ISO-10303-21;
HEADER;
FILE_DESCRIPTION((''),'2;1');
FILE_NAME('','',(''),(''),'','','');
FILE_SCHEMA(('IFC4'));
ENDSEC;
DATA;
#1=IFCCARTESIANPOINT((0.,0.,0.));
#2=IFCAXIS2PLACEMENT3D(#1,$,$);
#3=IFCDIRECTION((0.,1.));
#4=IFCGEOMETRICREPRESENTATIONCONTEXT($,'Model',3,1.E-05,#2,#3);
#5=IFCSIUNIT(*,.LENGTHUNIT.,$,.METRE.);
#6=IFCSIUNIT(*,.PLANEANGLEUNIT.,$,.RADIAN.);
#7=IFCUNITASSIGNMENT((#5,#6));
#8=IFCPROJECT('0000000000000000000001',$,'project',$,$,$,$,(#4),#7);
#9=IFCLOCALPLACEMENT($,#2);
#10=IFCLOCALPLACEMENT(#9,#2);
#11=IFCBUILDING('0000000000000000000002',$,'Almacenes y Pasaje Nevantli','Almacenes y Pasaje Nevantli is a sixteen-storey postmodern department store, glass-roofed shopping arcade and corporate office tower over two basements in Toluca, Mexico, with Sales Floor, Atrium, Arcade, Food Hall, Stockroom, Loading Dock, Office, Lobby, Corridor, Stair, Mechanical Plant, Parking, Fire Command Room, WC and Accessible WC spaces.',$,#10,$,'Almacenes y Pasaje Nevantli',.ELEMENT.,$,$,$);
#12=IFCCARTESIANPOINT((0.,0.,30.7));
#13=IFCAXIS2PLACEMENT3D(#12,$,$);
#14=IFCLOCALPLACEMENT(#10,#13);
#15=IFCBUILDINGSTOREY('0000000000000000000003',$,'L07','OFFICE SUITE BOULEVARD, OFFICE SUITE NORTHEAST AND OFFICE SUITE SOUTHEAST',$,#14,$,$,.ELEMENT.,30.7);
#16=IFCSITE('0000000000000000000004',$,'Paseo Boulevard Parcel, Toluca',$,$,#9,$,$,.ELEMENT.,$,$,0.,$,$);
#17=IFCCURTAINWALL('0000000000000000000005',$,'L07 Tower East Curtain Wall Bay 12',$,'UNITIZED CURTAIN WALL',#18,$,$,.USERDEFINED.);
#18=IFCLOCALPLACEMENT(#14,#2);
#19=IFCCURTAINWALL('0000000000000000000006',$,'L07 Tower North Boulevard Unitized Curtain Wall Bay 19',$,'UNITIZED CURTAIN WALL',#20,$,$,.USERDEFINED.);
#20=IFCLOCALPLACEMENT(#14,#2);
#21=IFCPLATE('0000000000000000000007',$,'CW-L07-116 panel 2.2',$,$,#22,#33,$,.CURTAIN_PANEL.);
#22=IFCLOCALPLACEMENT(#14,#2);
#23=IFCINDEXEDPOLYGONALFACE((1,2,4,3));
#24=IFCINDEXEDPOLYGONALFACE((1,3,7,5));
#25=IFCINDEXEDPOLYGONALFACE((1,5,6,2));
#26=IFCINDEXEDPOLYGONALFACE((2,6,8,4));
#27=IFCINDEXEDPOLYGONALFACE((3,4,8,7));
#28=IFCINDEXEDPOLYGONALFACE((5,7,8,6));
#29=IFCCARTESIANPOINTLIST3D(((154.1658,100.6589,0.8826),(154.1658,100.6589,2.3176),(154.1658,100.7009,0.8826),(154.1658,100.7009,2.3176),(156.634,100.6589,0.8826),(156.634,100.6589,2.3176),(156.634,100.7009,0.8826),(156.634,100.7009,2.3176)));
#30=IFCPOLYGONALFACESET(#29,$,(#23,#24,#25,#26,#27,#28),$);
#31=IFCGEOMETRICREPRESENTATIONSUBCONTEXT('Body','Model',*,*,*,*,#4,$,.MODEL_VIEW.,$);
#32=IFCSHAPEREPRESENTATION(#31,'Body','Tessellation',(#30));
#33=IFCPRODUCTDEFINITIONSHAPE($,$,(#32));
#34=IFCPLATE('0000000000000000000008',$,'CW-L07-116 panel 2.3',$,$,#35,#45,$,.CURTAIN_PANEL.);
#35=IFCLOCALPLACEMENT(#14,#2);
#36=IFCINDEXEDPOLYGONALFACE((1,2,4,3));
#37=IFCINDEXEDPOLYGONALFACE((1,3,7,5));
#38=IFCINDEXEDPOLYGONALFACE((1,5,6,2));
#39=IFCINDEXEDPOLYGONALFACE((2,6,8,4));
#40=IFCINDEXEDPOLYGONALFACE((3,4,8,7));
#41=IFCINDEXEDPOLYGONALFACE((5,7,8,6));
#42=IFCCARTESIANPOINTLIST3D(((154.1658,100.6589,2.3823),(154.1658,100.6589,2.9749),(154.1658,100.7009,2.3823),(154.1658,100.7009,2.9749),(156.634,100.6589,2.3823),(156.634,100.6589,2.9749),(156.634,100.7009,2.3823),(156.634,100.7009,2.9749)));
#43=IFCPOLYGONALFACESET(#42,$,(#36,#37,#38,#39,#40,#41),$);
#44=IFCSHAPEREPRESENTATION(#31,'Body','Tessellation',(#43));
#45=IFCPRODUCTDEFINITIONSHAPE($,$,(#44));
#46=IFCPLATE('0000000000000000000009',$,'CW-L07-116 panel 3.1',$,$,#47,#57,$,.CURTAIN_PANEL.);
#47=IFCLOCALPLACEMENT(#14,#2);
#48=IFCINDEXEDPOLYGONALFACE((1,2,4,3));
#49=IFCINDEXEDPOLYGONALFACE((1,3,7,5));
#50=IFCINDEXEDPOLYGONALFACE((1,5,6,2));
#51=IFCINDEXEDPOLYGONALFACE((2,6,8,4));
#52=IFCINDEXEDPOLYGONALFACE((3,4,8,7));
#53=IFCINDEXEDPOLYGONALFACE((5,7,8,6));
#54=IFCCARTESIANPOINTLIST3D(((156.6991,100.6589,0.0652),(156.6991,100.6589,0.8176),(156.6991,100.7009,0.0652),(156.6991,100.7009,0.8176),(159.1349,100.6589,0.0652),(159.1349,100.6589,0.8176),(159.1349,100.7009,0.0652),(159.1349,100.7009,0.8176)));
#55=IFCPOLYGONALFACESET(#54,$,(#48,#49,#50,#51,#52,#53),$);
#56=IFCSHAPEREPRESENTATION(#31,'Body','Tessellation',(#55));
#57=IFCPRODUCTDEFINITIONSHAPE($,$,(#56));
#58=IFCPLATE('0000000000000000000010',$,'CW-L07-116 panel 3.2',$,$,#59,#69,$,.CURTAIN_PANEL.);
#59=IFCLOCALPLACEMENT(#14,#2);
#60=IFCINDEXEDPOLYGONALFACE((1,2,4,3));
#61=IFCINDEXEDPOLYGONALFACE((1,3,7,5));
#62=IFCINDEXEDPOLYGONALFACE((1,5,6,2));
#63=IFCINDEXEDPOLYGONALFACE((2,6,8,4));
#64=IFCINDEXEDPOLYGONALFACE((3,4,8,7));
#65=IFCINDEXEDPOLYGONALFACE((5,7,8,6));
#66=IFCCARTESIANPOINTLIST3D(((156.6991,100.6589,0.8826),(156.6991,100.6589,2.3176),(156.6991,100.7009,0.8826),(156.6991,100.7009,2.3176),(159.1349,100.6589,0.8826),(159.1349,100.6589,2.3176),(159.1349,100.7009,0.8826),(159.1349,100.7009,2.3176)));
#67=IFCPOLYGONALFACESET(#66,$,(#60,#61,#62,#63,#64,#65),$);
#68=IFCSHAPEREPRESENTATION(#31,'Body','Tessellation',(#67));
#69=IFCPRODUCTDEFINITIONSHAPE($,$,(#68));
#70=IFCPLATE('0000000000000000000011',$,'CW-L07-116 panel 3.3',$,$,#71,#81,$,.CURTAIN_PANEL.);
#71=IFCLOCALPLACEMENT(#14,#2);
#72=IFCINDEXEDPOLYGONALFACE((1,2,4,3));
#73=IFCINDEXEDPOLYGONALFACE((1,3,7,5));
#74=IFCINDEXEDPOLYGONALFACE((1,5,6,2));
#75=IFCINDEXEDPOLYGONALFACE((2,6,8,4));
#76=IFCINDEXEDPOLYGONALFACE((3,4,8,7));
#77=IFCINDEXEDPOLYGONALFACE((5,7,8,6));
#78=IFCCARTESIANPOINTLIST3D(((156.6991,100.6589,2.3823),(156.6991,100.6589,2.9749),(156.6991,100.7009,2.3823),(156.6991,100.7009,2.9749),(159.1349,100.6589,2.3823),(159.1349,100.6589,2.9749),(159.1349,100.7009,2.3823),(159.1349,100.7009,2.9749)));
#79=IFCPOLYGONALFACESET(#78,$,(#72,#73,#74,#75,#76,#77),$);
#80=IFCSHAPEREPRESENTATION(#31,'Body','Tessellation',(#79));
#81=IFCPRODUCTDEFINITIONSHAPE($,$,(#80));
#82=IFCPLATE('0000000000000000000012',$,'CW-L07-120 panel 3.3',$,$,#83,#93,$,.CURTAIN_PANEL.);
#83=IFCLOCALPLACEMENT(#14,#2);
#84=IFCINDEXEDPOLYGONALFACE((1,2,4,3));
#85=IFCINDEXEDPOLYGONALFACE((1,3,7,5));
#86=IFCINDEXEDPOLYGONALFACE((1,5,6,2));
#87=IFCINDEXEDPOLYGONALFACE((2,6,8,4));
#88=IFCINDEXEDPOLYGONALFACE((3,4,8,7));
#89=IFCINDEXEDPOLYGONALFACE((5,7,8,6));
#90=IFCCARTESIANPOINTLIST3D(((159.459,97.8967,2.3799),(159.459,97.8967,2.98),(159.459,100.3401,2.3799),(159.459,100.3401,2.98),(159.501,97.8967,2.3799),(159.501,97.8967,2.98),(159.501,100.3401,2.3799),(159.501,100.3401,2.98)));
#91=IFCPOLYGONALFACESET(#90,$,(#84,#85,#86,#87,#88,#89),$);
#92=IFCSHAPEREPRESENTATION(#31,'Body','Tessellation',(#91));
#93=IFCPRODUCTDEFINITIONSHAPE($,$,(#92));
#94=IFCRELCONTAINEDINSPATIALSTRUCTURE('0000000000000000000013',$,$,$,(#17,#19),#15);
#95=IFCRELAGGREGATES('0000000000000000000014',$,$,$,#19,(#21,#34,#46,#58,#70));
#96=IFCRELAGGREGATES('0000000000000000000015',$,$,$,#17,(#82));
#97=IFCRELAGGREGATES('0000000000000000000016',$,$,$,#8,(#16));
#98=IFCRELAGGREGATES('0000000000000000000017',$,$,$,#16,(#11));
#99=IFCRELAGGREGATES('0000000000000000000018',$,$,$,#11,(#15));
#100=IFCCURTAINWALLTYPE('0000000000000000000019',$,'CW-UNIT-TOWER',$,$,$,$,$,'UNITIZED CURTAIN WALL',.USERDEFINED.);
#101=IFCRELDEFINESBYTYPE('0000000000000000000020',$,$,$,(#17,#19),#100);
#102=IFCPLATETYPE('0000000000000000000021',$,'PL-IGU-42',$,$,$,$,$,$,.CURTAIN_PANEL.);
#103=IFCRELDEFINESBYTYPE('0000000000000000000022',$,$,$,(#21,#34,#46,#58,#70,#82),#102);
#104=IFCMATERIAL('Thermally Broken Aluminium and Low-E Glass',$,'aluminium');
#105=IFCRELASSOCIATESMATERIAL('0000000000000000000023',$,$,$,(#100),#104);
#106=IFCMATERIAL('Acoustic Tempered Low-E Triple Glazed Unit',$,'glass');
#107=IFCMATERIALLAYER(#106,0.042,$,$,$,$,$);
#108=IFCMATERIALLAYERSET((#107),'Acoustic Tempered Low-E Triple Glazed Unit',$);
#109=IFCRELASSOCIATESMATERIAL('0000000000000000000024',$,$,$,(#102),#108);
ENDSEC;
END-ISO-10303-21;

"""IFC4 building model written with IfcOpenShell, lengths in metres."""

from ifc_helpers import new_model, si_unit, direction, frame, origin, origin_2d, place, context, subcontext, project, spatial, rectangle, extrude, material, layer, layer_set, type_object, element, aggregate, save


model = new_model("IFC4")

# Units and contexts
model_context = context("Model", 3, precision=1e-05, world=origin(), true_north=direction((0.0, 1.0)))
body_context = subcontext(model_context, "Body", "Model", "MODEL_VIEW")
ifc_project = project(units=[si_unit("LENGTHUNIT", "METRE"), si_unit("PLANEANGLEUNIT", "RADIAN")], contexts=[model_context])

# Site, building, storey
site_placement = place(None, origin())
site = spatial("IfcSite", under=ifc_project, at=site_placement, Name="Paseo Boulevard Parcel, Toluca", CompositionType="ELEMENT", RefElevation=0.0)
building_placement = place(site_placement, origin())
building = spatial("IfcBuilding", under=site, at=building_placement, Name="Almacenes y Pasaje Nevantli", Description="Almacenes y Pasaje Nevantli is a sixteen-storey postmodern department store, glass-roofed shopping arcade and corporate office tower over two basements in Toluca, Mexico, with Sales Floor, Atrium, Arcade, Food Hall, Stockroom, Loading Dock, Office, Lobby, Corridor, Stair, Mechanical Plant, Parking, Fire Command Room, WC and Accessible WC spaces.", LongName="Almacenes y Pasaje Nevantli", CompositionType="ELEMENT")
storey_placement = place(building_placement, frame((0.0, 0.0, 30.7)))
storey = spatial("IfcBuildingStorey", under=building, at=storey_placement, Name="L07", Description="OFFICE SUITE BOULEVARD, OFFICE SUITE NORTHEAST AND OFFICE SUITE SOUTHEAST", CompositionType="ELEMENT", Elevation=30.7)

# Curtain wall
ifc_material_1 = material(Name="Thermally Broken Aluminium and Low-E Glass", Category="aluminium")
curtain_wall_type = type_object("IfcCurtainWallType", Name="CW-UNIT-TOWER", ElementType="UNITIZED CURTAIN WALL", PredefinedType="USERDEFINED", material=ifc_material_1)
curtain_wall_1_placement = place(storey_placement, origin())
curtain_wall_1 = element("IfcCurtainWall", 1, at=curtain_wall_1_placement, inside=storey, type_object=curtain_wall_type, Name="L07 Tower East Curtain Wall Bay 12", ObjectType="UNITIZED CURTAIN WALL", PredefinedType="USERDEFINED")

# Curtain wall, plates
curtain_wall_2_placement = place(storey_placement, origin())
curtain_wall_2 = element("IfcCurtainWall", 2, at=curtain_wall_2_placement, inside=storey, type_object=curtain_wall_type, Name="L07 Tower North Boulevard Unitized Curtain Wall Bay 19", ObjectType="UNITIZED CURTAIN WALL", PredefinedType="USERDEFINED")
ifc_material_2 = material(Name="Acoustic Tempered Low-E Triple Glazed Unit", Category="glass")
ifc_layer = layer(ifc_material_2, 0.042)
ifc_layer_set = layer_set([ifc_layer], Name="Acoustic Tempered Low-E Triple Glazed Unit")
plate_type = type_object("IfcPlateType", Name="PL-IGU-42", PredefinedType="CURTAIN_PANEL", material=ifc_layer_set)
plate_1_placement = place(storey_placement, frame((155.3999, 100.6799, 0.8826), z_axis=(0.0, 0.0, 1.0), x_axis=(1.0, 0.0, 0.0)))
plate_1 = element("IfcPlate", 3, at=plate_1_placement, type_object=plate_type, Name="CW-L07-116 panel 2.2", PredefinedType="CURTAIN_PANEL", context=body_context, shape_type="SweptSolid", body=[
    extrude(rectangle(XDim=2.4683, YDim=0.042, at=origin_2d()), origin(), (0.0, 0.0, 1.0), 1.4351),
])
plate_2_placement = place(storey_placement, frame((155.3999, 100.6799, 2.3823), z_axis=(0.0, 0.0, 1.0), x_axis=(1.0, 0.0, 0.0)))
plate_2 = element("IfcPlate", 4, at=plate_2_placement, type_object=plate_type, Name="CW-L07-116 panel 2.3", PredefinedType="CURTAIN_PANEL", context=body_context, shape_type="SweptSolid", body=[
    extrude(rectangle(XDim=2.4683, YDim=0.042, at=origin_2d()), origin(), (0.0, 0.0, 1.0), 0.5925),
])
plate_3_placement = place(storey_placement, frame((157.917, 100.6799, 0.0652), z_axis=(0.0, 0.0, 1.0), x_axis=(1.0, 0.0, 0.0)))
plate_3 = element("IfcPlate", 5, at=plate_3_placement, type_object=plate_type, Name="CW-L07-116 panel 3.1", PredefinedType="CURTAIN_PANEL", context=body_context, shape_type="SweptSolid", body=[
    extrude(rectangle(XDim=2.4358, YDim=0.042, at=origin_2d()), origin(), (0.0, 0.0, 1.0), 0.7524),
])
plate_4_placement = place(storey_placement, frame((157.917, 100.6799, 0.8826), z_axis=(0.0, 0.0, 1.0), x_axis=(1.0, 0.0, 0.0)))
plate_4 = element("IfcPlate", 6, at=plate_4_placement, type_object=plate_type, Name="CW-L07-116 panel 3.2", PredefinedType="CURTAIN_PANEL", context=body_context, shape_type="SweptSolid", body=[
    extrude(rectangle(XDim=2.4358, YDim=0.042, at=origin_2d()), origin(), (0.0, 0.0, 1.0), 1.4351),
])
plate_5_placement = place(storey_placement, frame((157.917, 100.6799, 2.3823), z_axis=(0.0, 0.0, 1.0), x_axis=(1.0, 0.0, 0.0)))
plate_5 = element("IfcPlate", 7, at=plate_5_placement, type_object=plate_type, Name="CW-L07-116 panel 3.3", PredefinedType="CURTAIN_PANEL", context=body_context, shape_type="SweptSolid", body=[
    extrude(rectangle(XDim=2.4358, YDim=0.042, at=origin_2d()), origin(), (0.0, 0.0, 1.0), 0.5925),
])
aggregate(curtain_wall_2, [plate_1, plate_2, plate_3, plate_4, plate_5])

# Plate
plate_6_placement = place(storey_placement, frame((159.48, 99.1184, 2.3799), z_axis=(0.0, 0.0, 1.0), x_axis=(0.0, 1.0, 0.0)))
plate_6 = element("IfcPlate", 8, at=plate_6_placement, type_object=plate_type, Name="CW-L07-120 panel 3.3", PredefinedType="CURTAIN_PANEL", context=body_context, shape_type="SweptSolid", body=[
    extrude(rectangle(XDim=2.4434, YDim=0.042, at=origin_2d()), origin(), (0.0, 0.0, 1.0), 0.6001),
])
aggregate(curtain_wall_1, [plate_6])

save(model, "model.ifc")
